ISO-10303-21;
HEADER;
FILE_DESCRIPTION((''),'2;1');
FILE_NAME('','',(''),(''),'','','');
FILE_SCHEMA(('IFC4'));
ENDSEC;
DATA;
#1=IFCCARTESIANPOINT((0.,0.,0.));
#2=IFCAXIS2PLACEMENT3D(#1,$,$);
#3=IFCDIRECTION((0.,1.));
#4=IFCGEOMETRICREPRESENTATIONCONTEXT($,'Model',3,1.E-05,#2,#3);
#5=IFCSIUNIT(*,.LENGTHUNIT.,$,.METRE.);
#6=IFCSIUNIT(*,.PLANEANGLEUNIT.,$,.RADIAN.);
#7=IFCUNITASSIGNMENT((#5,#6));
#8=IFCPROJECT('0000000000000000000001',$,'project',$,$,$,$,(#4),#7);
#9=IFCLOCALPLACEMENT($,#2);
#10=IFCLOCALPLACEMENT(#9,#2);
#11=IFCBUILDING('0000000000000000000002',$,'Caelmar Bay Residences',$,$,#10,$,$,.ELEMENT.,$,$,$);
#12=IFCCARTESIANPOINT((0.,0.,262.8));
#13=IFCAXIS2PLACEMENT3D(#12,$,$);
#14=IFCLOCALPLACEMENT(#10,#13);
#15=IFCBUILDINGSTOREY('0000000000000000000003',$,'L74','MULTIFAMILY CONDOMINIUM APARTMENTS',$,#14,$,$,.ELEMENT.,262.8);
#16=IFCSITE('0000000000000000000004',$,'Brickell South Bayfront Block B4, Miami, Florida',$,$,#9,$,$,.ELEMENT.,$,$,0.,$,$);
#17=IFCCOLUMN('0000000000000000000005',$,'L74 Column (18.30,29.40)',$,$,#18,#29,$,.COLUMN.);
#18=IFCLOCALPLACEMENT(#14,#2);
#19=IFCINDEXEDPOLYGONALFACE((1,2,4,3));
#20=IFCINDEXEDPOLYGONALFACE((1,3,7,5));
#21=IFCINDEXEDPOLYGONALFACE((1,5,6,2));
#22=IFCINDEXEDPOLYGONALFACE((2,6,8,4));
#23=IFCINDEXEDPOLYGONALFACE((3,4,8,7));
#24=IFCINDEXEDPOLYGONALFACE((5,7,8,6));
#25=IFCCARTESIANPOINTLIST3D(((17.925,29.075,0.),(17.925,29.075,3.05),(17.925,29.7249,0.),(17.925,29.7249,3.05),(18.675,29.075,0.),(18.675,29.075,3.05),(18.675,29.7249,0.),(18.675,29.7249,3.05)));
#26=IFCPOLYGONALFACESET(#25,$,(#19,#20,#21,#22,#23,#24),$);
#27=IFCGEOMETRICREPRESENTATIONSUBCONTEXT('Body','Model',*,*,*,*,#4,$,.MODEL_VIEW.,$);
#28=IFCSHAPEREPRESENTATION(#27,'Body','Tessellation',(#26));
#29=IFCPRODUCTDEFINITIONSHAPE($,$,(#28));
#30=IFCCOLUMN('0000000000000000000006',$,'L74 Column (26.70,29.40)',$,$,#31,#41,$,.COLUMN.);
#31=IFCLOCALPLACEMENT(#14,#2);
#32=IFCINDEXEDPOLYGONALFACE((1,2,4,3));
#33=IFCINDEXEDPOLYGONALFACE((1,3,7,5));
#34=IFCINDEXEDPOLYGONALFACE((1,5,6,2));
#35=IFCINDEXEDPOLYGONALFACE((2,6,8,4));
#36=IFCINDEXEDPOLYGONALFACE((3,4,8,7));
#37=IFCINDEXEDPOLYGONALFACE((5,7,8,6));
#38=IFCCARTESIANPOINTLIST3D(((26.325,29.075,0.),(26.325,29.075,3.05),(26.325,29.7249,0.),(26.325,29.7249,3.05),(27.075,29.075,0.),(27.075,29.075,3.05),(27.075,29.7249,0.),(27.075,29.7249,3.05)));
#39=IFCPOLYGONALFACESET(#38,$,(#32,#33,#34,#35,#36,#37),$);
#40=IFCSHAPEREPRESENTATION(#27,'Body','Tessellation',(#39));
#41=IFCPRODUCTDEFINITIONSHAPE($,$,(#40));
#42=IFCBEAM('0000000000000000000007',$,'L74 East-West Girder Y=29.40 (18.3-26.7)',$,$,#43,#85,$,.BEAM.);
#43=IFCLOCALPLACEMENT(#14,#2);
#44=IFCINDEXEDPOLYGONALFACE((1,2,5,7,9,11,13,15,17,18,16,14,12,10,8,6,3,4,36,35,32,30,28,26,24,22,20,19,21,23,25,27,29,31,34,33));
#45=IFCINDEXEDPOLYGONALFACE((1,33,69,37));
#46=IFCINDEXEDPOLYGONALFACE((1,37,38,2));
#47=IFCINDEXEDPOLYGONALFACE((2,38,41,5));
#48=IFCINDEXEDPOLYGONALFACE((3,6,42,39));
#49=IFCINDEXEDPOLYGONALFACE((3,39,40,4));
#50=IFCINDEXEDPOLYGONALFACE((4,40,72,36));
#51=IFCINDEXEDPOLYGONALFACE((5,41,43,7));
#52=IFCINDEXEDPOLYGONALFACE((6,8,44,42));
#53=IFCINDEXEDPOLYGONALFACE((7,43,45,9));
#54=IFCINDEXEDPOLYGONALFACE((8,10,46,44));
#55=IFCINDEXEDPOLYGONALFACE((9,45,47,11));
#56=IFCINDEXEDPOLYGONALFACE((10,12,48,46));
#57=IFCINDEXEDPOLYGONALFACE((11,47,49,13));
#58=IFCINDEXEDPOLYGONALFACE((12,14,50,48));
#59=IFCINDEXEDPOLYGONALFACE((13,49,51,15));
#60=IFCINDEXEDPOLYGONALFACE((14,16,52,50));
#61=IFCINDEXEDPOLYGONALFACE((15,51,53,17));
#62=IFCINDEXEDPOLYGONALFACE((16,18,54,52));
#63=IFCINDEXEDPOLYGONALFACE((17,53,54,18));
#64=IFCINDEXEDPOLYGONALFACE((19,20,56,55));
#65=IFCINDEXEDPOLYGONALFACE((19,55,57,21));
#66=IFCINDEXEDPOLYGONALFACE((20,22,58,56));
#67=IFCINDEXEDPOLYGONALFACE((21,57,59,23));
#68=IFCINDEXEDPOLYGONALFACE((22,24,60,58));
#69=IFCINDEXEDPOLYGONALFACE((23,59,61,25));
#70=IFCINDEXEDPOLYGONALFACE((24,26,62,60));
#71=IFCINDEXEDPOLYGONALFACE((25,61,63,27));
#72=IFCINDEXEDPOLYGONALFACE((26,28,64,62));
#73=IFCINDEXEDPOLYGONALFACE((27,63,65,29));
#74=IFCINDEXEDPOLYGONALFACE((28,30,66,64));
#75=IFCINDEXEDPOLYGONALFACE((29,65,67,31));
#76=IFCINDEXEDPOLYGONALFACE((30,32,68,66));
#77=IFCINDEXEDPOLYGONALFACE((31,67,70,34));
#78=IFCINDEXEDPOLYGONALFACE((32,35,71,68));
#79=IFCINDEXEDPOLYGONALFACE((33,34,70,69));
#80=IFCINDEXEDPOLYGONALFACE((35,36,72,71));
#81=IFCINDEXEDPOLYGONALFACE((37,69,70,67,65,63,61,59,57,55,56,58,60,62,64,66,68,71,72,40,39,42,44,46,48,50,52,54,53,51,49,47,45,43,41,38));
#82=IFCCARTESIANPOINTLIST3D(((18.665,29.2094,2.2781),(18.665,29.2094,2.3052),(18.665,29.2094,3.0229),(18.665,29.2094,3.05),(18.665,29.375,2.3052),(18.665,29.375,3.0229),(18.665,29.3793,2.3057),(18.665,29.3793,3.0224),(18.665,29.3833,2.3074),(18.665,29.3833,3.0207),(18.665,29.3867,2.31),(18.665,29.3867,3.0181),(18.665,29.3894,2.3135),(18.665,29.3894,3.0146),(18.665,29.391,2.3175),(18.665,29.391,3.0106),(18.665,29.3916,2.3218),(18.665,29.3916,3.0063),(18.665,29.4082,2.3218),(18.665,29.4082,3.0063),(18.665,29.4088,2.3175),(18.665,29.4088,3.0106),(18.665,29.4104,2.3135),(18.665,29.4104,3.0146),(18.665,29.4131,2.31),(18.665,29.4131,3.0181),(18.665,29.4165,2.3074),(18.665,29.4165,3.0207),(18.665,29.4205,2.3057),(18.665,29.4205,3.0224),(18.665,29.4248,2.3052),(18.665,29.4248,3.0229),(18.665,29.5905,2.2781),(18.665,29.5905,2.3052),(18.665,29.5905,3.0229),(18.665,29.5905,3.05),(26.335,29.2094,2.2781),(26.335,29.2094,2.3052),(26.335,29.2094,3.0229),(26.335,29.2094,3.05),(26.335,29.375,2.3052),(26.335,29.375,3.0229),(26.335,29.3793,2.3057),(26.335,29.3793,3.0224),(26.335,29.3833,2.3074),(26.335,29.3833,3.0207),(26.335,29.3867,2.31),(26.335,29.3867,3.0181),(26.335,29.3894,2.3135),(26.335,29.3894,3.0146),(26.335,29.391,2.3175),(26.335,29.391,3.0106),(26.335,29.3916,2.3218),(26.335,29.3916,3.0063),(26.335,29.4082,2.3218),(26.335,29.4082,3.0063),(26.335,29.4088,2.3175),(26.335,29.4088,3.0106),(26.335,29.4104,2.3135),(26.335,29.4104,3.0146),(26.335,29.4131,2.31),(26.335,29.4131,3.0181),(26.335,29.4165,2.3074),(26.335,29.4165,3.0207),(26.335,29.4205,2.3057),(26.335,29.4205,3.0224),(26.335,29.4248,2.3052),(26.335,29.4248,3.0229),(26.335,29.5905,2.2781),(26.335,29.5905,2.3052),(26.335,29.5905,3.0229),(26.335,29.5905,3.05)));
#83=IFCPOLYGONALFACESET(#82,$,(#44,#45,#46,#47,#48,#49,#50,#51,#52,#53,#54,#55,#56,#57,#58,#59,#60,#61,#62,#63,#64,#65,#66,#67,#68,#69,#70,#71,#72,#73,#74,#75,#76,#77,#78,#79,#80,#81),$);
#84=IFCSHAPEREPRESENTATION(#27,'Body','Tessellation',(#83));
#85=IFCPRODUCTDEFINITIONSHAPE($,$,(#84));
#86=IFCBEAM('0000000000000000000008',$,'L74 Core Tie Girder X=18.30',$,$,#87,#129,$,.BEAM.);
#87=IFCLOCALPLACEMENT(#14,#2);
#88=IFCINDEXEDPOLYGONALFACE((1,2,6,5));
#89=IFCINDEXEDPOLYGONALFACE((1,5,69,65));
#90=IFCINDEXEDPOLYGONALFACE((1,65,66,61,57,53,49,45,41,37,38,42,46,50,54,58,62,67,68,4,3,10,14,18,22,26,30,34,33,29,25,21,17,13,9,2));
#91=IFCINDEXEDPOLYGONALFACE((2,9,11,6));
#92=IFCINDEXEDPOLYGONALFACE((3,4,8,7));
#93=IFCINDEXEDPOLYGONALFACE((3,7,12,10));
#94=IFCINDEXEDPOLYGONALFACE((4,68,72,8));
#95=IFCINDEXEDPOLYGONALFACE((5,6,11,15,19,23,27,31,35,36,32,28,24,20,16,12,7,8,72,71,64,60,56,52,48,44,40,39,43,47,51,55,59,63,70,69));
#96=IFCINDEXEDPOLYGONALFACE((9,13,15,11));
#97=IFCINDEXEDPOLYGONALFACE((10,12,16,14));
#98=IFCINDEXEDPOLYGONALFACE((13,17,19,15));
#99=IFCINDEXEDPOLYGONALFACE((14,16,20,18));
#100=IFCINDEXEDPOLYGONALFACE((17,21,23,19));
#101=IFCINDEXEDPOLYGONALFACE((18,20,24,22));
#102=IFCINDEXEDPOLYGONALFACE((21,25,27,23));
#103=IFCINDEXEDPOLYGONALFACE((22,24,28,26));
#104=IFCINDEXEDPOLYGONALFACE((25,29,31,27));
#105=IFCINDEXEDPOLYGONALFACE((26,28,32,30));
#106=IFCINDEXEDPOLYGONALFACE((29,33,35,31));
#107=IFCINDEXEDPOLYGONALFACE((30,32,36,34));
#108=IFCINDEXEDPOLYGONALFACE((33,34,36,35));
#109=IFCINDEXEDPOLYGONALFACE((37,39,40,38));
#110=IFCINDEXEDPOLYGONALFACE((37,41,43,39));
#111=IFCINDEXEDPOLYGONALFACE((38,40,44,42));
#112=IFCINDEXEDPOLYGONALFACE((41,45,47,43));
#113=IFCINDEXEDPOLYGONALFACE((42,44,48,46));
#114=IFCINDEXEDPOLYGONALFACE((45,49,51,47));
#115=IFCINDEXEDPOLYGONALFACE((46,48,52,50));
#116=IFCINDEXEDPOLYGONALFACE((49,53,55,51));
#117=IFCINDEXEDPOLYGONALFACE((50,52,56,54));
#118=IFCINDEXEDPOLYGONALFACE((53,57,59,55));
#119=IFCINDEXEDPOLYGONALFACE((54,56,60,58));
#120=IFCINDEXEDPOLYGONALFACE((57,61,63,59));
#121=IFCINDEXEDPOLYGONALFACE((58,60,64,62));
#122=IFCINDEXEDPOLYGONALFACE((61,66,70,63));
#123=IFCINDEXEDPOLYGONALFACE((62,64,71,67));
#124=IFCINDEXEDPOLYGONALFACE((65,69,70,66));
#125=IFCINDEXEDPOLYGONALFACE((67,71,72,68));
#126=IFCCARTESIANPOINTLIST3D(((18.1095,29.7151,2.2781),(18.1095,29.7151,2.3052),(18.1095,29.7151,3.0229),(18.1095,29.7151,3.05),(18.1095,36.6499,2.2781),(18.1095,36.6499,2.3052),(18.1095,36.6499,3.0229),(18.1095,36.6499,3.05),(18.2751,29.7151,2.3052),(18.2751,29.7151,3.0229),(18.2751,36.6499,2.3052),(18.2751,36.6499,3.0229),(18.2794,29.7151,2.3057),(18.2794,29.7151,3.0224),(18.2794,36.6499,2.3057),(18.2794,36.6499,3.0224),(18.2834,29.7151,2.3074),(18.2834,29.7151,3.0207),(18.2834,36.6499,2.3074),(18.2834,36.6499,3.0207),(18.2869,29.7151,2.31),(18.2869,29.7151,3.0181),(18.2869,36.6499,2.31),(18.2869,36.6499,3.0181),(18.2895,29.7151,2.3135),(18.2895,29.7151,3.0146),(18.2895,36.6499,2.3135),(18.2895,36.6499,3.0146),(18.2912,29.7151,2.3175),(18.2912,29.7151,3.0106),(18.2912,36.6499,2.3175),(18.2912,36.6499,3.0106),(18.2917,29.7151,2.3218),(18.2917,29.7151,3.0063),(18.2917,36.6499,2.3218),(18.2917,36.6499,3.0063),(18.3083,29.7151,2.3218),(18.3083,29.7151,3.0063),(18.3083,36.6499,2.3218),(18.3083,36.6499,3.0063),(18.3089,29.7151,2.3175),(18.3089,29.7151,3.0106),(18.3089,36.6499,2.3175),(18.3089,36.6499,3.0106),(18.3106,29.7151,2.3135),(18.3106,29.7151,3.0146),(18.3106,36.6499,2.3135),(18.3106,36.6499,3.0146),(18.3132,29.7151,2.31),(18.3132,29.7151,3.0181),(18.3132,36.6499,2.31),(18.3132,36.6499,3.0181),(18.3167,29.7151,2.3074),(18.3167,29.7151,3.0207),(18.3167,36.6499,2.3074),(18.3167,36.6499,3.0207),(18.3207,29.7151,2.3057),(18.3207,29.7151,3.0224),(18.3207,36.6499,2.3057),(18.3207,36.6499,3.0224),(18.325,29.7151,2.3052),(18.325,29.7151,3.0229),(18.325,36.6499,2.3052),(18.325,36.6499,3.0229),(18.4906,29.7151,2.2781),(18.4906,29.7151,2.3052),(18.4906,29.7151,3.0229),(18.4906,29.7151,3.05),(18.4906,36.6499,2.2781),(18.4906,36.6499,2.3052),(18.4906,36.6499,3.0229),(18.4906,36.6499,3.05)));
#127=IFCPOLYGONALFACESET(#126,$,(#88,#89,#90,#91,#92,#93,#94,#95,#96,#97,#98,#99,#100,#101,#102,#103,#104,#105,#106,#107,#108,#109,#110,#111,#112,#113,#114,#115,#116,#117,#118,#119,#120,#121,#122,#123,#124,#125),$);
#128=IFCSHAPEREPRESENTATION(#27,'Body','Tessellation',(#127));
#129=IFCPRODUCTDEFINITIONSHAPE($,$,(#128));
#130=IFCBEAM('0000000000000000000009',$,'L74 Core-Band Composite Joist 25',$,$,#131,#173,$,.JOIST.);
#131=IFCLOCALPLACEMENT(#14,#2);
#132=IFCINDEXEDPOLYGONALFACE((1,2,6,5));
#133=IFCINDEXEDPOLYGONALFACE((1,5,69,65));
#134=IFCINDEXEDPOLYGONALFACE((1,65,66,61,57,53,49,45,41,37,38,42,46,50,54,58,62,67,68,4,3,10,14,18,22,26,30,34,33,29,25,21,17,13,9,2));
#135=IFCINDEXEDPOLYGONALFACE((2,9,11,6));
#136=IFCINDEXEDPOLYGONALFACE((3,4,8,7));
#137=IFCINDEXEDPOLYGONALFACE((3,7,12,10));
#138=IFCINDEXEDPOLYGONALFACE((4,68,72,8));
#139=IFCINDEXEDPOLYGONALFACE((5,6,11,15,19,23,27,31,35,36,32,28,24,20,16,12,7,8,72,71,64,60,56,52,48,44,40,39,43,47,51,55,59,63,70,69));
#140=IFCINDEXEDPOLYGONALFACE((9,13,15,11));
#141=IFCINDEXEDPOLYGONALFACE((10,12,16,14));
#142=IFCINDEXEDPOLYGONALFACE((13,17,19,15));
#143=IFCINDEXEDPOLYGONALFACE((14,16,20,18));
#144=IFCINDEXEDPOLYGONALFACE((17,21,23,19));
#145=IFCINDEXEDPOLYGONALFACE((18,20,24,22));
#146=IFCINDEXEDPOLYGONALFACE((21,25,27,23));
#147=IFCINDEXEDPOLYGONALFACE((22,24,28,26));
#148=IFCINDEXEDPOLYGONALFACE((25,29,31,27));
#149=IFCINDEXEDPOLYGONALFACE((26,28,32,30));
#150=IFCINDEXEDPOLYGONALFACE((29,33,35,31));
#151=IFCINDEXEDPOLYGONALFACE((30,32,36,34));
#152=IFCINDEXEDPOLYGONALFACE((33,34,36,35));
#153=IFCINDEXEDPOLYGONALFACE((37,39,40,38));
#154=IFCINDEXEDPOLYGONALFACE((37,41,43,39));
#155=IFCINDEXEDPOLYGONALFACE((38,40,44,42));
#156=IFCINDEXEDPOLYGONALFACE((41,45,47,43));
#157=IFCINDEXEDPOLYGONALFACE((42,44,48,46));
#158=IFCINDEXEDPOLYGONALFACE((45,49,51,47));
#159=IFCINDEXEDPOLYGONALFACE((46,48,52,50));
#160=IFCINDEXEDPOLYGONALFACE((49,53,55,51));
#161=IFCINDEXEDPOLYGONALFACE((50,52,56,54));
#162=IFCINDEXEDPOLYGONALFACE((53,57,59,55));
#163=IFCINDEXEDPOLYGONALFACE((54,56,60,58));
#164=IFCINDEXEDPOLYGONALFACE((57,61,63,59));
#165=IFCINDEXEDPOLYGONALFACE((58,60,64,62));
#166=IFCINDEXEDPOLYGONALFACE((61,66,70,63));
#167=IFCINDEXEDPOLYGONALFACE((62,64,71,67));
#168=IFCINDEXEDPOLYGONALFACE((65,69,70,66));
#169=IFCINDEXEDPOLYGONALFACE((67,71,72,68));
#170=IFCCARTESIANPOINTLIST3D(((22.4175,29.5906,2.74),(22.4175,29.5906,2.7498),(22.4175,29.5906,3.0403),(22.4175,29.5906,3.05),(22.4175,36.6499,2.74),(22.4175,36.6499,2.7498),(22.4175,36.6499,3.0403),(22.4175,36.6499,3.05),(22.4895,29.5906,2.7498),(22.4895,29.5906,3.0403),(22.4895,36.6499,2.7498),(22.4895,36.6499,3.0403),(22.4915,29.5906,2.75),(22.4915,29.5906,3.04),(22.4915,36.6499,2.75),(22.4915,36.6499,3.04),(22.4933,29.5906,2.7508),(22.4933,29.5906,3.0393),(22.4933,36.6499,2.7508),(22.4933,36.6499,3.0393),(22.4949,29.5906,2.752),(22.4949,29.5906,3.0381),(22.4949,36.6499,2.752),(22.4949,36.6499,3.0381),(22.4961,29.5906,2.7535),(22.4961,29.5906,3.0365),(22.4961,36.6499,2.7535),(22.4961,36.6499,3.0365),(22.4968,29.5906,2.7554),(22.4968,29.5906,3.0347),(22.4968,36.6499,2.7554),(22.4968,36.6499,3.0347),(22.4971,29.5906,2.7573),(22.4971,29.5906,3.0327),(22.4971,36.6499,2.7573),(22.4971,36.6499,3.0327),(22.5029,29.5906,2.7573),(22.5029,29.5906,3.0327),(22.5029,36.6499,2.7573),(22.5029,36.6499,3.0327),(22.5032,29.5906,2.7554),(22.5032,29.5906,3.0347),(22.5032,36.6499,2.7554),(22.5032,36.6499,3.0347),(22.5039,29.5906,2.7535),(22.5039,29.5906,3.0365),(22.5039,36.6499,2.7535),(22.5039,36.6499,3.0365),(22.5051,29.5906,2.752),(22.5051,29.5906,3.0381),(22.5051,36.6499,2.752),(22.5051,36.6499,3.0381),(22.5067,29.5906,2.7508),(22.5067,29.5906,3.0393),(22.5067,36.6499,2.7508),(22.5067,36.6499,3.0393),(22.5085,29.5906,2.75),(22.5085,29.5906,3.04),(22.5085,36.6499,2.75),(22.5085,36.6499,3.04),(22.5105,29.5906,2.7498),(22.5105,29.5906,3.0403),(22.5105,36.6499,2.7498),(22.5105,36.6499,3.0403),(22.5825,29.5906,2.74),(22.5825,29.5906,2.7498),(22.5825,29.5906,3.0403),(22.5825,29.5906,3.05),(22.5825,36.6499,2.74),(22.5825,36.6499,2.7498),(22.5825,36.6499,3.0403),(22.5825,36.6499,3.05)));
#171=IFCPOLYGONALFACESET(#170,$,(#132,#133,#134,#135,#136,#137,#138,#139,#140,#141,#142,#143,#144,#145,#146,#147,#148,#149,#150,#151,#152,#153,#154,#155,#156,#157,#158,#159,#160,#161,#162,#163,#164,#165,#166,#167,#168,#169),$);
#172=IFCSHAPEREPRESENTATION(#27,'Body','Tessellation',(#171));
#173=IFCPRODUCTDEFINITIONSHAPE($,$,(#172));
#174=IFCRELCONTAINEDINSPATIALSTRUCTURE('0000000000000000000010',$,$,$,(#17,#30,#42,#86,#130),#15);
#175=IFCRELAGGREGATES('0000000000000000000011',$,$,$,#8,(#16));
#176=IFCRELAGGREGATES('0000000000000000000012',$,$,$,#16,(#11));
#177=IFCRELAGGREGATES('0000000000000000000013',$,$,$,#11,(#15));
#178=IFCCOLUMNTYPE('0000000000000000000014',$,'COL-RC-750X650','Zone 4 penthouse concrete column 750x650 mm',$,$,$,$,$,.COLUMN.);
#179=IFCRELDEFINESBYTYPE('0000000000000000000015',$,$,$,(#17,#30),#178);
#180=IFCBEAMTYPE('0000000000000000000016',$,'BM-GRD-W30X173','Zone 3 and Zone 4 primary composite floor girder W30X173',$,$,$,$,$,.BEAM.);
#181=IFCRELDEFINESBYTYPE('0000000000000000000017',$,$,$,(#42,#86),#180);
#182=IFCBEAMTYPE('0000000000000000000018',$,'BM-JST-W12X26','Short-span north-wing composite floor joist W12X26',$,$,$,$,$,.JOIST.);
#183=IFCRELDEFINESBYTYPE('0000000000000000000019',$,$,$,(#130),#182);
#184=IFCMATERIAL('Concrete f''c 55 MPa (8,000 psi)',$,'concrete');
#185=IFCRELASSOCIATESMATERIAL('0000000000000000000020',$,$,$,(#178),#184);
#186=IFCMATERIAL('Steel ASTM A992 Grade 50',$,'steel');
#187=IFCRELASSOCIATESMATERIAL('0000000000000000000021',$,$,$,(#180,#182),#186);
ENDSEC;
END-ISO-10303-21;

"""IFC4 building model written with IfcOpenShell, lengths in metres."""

from ifc_helpers import new_model, si_unit, direction, frame, origin, origin_2d, place, context, subcontext, project, spatial, rectangle, i_section, extrude, material, material_profile, profile_set, type_object, element, save


model = new_model("IFC4")

# Units and contexts
model_context = context("Model", 3, precision=1e-05, world=origin(), true_north=direction((0.0, 1.0)))
body_context = subcontext(model_context, "Body", "Model", "MODEL_VIEW")
ifc_project = project(units=[si_unit("LENGTHUNIT", "METRE"), si_unit("PLANEANGLEUNIT", "RADIAN")], contexts=[model_context])

# Site, building, storey
site_placement = place(None, origin())
site = spatial("IfcSite", under=ifc_project, at=site_placement, Name="Brickell South Bayfront Block B4, Miami, Florida", CompositionType="ELEMENT", RefElevation=0.0)
building_placement = place(site_placement, origin())
building = spatial("IfcBuilding", under=site, at=building_placement, Name="Caelmar Bay Residences", CompositionType="ELEMENT")
storey_placement = place(building_placement, frame((0.0, 0.0, 262.8)))
storey = spatial("IfcBuildingStorey", under=building, at=storey_placement, Name="L74", Description="MULTIFAMILY CONDOMINIUM APARTMENTS", CompositionType="ELEMENT", Elevation=262.8)

# Columns
ifc_material_1 = material(Name="Concrete f'c 55 MPa (8,000 psi)", Category="concrete")
ifc_material_profile_1 = material_profile(ifc_material_1, rectangle(XDim=0.75, YDim=0.6499, at=origin_2d()), Name="RC-COL-750X650")
ifc_profile_set_1 = profile_set([ifc_material_profile_1], Name="Concrete f'c 55 MPa (8,000 psi)")
column_type = type_object("IfcColumnType", Name="COL-RC-750X650", Description="Zone 4 penthouse concrete column 750x650 mm", PredefinedType="COLUMN", material=ifc_profile_set_1)
for number, where, z_axis, x_axis, name in (
    (1, (18.3, 29.3999, 0.0), (0.0, 0.0, 1.0), (1.0, 0.0, 0.0), "L74 Column (18.30,29.40)"),
    (2, (26.7, 29.3999, 0.0), (0.0, 0.0, 1.0), (1.0, 0.0, 0.0), "L74 Column (26.70,29.40)"),
):
    element("IfcColumn", number, at=place(storey_placement, frame(where, z_axis=z_axis, x_axis=x_axis)), inside=storey, type_object=column_type, Name=name, PredefinedType="COLUMN", context=body_context, shape_type="SweptSolid", body=[
        extrude(rectangle(XDim=0.75, YDim=0.6499, at=origin_2d()), origin(), (0.0, 0.0, 1.0), 3.05),
    ])

# Beams
ifc_material_2 = material(Name="Steel ASTM A992 Grade 50", Category="steel")
ifc_material_profile_2 = material_profile(ifc_material_2, i_section(OverallWidth=0.3811, OverallDepth=0.772, WebThickness=0.0166, FlangeThickness=0.0271, FilletRadius=0.0166, at=origin_2d()), Name="W30X173")
ifc_profile_set_2 = profile_set([ifc_material_profile_2], Name="Steel ASTM A992 Grade 50")
beam_type_1 = type_object("IfcBeamType", Name="BM-GRD-W30X173", Description="Zone 3 and Zone 4 primary composite floor girder W30X173", PredefinedType="BEAM", material=ifc_profile_set_2)
beam_1_placement = place(storey_placement, frame((18.665, 29.3999, 2.6641), z_axis=(1.0, 0.0, 0.0), x_axis=(0.0, 1.0, 0.0)))
element("IfcBeam", 3, at=beam_1_placement, inside=storey, type_object=beam_type_1, Name="L74 East-West Girder Y=29.40 (18.3-26.7)", PredefinedType="BEAM", context=body_context, shape_type="SweptSolid", body=[
    extrude(i_section(OverallWidth=0.3811, OverallDepth=0.772, WebThickness=0.0166, FlangeThickness=0.0271, FilletRadius=0.0166, at=origin_2d()), origin(), (0.0, 0.0, 1.0), 7.6699),
])
beam_2_placement = place(storey_placement, frame((18.3, 29.7151, 2.6641), z_axis=(0.0, 1.0, 0.0), x_axis=(-1.0, 0.0, 0.0)))
element("IfcBeam", 4, at=beam_2_placement, inside=storey, type_object=beam_type_1, Name="L74 Core Tie Girder X=18.30", PredefinedType="BEAM", context=body_context, shape_type="SweptSolid", body=[
    extrude(i_section(OverallWidth=0.3811, OverallDepth=0.772, WebThickness=0.0166, FlangeThickness=0.0271, FilletRadius=0.0166, at=origin_2d()), origin(), (0.0, 0.0, 1.0), 6.9348),
])
ifc_material_profile_3 = material_profile(ifc_material_2, i_section(OverallWidth=0.165, OverallDepth=0.3101, WebThickness=0.0059, FlangeThickness=0.0098, FilletRadius=0.0076, at=origin_2d()), Name="W12X26")
ifc_profile_set_3 = profile_set([ifc_material_profile_3], Name="Steel ASTM A992 Grade 50")
beam_type_2 = type_object("IfcBeamType", Name="BM-JST-W12X26", Description="Short-span north-wing composite floor joist W12X26", PredefinedType="JOIST", material=ifc_profile_set_3)
beam_3_placement = place(storey_placement, frame((22.5, 29.5906, 2.895), z_axis=(0.0, 1.0, 0.0), x_axis=(-1.0, 0.0, 0.0)))
element("IfcBeam", 5, at=beam_3_placement, inside=storey, type_object=beam_type_2, Name="L74 Core-Band Composite Joist 25", PredefinedType="JOIST", context=body_context, shape_type="SweptSolid", body=[
    extrude(i_section(OverallWidth=0.165, OverallDepth=0.3101, WebThickness=0.0059, FlangeThickness=0.0098, FilletRadius=0.0076, at=origin_2d()), origin(), (0.0, 0.0, 1.0), 7.0593),
])

save(model, "model.ifc")
